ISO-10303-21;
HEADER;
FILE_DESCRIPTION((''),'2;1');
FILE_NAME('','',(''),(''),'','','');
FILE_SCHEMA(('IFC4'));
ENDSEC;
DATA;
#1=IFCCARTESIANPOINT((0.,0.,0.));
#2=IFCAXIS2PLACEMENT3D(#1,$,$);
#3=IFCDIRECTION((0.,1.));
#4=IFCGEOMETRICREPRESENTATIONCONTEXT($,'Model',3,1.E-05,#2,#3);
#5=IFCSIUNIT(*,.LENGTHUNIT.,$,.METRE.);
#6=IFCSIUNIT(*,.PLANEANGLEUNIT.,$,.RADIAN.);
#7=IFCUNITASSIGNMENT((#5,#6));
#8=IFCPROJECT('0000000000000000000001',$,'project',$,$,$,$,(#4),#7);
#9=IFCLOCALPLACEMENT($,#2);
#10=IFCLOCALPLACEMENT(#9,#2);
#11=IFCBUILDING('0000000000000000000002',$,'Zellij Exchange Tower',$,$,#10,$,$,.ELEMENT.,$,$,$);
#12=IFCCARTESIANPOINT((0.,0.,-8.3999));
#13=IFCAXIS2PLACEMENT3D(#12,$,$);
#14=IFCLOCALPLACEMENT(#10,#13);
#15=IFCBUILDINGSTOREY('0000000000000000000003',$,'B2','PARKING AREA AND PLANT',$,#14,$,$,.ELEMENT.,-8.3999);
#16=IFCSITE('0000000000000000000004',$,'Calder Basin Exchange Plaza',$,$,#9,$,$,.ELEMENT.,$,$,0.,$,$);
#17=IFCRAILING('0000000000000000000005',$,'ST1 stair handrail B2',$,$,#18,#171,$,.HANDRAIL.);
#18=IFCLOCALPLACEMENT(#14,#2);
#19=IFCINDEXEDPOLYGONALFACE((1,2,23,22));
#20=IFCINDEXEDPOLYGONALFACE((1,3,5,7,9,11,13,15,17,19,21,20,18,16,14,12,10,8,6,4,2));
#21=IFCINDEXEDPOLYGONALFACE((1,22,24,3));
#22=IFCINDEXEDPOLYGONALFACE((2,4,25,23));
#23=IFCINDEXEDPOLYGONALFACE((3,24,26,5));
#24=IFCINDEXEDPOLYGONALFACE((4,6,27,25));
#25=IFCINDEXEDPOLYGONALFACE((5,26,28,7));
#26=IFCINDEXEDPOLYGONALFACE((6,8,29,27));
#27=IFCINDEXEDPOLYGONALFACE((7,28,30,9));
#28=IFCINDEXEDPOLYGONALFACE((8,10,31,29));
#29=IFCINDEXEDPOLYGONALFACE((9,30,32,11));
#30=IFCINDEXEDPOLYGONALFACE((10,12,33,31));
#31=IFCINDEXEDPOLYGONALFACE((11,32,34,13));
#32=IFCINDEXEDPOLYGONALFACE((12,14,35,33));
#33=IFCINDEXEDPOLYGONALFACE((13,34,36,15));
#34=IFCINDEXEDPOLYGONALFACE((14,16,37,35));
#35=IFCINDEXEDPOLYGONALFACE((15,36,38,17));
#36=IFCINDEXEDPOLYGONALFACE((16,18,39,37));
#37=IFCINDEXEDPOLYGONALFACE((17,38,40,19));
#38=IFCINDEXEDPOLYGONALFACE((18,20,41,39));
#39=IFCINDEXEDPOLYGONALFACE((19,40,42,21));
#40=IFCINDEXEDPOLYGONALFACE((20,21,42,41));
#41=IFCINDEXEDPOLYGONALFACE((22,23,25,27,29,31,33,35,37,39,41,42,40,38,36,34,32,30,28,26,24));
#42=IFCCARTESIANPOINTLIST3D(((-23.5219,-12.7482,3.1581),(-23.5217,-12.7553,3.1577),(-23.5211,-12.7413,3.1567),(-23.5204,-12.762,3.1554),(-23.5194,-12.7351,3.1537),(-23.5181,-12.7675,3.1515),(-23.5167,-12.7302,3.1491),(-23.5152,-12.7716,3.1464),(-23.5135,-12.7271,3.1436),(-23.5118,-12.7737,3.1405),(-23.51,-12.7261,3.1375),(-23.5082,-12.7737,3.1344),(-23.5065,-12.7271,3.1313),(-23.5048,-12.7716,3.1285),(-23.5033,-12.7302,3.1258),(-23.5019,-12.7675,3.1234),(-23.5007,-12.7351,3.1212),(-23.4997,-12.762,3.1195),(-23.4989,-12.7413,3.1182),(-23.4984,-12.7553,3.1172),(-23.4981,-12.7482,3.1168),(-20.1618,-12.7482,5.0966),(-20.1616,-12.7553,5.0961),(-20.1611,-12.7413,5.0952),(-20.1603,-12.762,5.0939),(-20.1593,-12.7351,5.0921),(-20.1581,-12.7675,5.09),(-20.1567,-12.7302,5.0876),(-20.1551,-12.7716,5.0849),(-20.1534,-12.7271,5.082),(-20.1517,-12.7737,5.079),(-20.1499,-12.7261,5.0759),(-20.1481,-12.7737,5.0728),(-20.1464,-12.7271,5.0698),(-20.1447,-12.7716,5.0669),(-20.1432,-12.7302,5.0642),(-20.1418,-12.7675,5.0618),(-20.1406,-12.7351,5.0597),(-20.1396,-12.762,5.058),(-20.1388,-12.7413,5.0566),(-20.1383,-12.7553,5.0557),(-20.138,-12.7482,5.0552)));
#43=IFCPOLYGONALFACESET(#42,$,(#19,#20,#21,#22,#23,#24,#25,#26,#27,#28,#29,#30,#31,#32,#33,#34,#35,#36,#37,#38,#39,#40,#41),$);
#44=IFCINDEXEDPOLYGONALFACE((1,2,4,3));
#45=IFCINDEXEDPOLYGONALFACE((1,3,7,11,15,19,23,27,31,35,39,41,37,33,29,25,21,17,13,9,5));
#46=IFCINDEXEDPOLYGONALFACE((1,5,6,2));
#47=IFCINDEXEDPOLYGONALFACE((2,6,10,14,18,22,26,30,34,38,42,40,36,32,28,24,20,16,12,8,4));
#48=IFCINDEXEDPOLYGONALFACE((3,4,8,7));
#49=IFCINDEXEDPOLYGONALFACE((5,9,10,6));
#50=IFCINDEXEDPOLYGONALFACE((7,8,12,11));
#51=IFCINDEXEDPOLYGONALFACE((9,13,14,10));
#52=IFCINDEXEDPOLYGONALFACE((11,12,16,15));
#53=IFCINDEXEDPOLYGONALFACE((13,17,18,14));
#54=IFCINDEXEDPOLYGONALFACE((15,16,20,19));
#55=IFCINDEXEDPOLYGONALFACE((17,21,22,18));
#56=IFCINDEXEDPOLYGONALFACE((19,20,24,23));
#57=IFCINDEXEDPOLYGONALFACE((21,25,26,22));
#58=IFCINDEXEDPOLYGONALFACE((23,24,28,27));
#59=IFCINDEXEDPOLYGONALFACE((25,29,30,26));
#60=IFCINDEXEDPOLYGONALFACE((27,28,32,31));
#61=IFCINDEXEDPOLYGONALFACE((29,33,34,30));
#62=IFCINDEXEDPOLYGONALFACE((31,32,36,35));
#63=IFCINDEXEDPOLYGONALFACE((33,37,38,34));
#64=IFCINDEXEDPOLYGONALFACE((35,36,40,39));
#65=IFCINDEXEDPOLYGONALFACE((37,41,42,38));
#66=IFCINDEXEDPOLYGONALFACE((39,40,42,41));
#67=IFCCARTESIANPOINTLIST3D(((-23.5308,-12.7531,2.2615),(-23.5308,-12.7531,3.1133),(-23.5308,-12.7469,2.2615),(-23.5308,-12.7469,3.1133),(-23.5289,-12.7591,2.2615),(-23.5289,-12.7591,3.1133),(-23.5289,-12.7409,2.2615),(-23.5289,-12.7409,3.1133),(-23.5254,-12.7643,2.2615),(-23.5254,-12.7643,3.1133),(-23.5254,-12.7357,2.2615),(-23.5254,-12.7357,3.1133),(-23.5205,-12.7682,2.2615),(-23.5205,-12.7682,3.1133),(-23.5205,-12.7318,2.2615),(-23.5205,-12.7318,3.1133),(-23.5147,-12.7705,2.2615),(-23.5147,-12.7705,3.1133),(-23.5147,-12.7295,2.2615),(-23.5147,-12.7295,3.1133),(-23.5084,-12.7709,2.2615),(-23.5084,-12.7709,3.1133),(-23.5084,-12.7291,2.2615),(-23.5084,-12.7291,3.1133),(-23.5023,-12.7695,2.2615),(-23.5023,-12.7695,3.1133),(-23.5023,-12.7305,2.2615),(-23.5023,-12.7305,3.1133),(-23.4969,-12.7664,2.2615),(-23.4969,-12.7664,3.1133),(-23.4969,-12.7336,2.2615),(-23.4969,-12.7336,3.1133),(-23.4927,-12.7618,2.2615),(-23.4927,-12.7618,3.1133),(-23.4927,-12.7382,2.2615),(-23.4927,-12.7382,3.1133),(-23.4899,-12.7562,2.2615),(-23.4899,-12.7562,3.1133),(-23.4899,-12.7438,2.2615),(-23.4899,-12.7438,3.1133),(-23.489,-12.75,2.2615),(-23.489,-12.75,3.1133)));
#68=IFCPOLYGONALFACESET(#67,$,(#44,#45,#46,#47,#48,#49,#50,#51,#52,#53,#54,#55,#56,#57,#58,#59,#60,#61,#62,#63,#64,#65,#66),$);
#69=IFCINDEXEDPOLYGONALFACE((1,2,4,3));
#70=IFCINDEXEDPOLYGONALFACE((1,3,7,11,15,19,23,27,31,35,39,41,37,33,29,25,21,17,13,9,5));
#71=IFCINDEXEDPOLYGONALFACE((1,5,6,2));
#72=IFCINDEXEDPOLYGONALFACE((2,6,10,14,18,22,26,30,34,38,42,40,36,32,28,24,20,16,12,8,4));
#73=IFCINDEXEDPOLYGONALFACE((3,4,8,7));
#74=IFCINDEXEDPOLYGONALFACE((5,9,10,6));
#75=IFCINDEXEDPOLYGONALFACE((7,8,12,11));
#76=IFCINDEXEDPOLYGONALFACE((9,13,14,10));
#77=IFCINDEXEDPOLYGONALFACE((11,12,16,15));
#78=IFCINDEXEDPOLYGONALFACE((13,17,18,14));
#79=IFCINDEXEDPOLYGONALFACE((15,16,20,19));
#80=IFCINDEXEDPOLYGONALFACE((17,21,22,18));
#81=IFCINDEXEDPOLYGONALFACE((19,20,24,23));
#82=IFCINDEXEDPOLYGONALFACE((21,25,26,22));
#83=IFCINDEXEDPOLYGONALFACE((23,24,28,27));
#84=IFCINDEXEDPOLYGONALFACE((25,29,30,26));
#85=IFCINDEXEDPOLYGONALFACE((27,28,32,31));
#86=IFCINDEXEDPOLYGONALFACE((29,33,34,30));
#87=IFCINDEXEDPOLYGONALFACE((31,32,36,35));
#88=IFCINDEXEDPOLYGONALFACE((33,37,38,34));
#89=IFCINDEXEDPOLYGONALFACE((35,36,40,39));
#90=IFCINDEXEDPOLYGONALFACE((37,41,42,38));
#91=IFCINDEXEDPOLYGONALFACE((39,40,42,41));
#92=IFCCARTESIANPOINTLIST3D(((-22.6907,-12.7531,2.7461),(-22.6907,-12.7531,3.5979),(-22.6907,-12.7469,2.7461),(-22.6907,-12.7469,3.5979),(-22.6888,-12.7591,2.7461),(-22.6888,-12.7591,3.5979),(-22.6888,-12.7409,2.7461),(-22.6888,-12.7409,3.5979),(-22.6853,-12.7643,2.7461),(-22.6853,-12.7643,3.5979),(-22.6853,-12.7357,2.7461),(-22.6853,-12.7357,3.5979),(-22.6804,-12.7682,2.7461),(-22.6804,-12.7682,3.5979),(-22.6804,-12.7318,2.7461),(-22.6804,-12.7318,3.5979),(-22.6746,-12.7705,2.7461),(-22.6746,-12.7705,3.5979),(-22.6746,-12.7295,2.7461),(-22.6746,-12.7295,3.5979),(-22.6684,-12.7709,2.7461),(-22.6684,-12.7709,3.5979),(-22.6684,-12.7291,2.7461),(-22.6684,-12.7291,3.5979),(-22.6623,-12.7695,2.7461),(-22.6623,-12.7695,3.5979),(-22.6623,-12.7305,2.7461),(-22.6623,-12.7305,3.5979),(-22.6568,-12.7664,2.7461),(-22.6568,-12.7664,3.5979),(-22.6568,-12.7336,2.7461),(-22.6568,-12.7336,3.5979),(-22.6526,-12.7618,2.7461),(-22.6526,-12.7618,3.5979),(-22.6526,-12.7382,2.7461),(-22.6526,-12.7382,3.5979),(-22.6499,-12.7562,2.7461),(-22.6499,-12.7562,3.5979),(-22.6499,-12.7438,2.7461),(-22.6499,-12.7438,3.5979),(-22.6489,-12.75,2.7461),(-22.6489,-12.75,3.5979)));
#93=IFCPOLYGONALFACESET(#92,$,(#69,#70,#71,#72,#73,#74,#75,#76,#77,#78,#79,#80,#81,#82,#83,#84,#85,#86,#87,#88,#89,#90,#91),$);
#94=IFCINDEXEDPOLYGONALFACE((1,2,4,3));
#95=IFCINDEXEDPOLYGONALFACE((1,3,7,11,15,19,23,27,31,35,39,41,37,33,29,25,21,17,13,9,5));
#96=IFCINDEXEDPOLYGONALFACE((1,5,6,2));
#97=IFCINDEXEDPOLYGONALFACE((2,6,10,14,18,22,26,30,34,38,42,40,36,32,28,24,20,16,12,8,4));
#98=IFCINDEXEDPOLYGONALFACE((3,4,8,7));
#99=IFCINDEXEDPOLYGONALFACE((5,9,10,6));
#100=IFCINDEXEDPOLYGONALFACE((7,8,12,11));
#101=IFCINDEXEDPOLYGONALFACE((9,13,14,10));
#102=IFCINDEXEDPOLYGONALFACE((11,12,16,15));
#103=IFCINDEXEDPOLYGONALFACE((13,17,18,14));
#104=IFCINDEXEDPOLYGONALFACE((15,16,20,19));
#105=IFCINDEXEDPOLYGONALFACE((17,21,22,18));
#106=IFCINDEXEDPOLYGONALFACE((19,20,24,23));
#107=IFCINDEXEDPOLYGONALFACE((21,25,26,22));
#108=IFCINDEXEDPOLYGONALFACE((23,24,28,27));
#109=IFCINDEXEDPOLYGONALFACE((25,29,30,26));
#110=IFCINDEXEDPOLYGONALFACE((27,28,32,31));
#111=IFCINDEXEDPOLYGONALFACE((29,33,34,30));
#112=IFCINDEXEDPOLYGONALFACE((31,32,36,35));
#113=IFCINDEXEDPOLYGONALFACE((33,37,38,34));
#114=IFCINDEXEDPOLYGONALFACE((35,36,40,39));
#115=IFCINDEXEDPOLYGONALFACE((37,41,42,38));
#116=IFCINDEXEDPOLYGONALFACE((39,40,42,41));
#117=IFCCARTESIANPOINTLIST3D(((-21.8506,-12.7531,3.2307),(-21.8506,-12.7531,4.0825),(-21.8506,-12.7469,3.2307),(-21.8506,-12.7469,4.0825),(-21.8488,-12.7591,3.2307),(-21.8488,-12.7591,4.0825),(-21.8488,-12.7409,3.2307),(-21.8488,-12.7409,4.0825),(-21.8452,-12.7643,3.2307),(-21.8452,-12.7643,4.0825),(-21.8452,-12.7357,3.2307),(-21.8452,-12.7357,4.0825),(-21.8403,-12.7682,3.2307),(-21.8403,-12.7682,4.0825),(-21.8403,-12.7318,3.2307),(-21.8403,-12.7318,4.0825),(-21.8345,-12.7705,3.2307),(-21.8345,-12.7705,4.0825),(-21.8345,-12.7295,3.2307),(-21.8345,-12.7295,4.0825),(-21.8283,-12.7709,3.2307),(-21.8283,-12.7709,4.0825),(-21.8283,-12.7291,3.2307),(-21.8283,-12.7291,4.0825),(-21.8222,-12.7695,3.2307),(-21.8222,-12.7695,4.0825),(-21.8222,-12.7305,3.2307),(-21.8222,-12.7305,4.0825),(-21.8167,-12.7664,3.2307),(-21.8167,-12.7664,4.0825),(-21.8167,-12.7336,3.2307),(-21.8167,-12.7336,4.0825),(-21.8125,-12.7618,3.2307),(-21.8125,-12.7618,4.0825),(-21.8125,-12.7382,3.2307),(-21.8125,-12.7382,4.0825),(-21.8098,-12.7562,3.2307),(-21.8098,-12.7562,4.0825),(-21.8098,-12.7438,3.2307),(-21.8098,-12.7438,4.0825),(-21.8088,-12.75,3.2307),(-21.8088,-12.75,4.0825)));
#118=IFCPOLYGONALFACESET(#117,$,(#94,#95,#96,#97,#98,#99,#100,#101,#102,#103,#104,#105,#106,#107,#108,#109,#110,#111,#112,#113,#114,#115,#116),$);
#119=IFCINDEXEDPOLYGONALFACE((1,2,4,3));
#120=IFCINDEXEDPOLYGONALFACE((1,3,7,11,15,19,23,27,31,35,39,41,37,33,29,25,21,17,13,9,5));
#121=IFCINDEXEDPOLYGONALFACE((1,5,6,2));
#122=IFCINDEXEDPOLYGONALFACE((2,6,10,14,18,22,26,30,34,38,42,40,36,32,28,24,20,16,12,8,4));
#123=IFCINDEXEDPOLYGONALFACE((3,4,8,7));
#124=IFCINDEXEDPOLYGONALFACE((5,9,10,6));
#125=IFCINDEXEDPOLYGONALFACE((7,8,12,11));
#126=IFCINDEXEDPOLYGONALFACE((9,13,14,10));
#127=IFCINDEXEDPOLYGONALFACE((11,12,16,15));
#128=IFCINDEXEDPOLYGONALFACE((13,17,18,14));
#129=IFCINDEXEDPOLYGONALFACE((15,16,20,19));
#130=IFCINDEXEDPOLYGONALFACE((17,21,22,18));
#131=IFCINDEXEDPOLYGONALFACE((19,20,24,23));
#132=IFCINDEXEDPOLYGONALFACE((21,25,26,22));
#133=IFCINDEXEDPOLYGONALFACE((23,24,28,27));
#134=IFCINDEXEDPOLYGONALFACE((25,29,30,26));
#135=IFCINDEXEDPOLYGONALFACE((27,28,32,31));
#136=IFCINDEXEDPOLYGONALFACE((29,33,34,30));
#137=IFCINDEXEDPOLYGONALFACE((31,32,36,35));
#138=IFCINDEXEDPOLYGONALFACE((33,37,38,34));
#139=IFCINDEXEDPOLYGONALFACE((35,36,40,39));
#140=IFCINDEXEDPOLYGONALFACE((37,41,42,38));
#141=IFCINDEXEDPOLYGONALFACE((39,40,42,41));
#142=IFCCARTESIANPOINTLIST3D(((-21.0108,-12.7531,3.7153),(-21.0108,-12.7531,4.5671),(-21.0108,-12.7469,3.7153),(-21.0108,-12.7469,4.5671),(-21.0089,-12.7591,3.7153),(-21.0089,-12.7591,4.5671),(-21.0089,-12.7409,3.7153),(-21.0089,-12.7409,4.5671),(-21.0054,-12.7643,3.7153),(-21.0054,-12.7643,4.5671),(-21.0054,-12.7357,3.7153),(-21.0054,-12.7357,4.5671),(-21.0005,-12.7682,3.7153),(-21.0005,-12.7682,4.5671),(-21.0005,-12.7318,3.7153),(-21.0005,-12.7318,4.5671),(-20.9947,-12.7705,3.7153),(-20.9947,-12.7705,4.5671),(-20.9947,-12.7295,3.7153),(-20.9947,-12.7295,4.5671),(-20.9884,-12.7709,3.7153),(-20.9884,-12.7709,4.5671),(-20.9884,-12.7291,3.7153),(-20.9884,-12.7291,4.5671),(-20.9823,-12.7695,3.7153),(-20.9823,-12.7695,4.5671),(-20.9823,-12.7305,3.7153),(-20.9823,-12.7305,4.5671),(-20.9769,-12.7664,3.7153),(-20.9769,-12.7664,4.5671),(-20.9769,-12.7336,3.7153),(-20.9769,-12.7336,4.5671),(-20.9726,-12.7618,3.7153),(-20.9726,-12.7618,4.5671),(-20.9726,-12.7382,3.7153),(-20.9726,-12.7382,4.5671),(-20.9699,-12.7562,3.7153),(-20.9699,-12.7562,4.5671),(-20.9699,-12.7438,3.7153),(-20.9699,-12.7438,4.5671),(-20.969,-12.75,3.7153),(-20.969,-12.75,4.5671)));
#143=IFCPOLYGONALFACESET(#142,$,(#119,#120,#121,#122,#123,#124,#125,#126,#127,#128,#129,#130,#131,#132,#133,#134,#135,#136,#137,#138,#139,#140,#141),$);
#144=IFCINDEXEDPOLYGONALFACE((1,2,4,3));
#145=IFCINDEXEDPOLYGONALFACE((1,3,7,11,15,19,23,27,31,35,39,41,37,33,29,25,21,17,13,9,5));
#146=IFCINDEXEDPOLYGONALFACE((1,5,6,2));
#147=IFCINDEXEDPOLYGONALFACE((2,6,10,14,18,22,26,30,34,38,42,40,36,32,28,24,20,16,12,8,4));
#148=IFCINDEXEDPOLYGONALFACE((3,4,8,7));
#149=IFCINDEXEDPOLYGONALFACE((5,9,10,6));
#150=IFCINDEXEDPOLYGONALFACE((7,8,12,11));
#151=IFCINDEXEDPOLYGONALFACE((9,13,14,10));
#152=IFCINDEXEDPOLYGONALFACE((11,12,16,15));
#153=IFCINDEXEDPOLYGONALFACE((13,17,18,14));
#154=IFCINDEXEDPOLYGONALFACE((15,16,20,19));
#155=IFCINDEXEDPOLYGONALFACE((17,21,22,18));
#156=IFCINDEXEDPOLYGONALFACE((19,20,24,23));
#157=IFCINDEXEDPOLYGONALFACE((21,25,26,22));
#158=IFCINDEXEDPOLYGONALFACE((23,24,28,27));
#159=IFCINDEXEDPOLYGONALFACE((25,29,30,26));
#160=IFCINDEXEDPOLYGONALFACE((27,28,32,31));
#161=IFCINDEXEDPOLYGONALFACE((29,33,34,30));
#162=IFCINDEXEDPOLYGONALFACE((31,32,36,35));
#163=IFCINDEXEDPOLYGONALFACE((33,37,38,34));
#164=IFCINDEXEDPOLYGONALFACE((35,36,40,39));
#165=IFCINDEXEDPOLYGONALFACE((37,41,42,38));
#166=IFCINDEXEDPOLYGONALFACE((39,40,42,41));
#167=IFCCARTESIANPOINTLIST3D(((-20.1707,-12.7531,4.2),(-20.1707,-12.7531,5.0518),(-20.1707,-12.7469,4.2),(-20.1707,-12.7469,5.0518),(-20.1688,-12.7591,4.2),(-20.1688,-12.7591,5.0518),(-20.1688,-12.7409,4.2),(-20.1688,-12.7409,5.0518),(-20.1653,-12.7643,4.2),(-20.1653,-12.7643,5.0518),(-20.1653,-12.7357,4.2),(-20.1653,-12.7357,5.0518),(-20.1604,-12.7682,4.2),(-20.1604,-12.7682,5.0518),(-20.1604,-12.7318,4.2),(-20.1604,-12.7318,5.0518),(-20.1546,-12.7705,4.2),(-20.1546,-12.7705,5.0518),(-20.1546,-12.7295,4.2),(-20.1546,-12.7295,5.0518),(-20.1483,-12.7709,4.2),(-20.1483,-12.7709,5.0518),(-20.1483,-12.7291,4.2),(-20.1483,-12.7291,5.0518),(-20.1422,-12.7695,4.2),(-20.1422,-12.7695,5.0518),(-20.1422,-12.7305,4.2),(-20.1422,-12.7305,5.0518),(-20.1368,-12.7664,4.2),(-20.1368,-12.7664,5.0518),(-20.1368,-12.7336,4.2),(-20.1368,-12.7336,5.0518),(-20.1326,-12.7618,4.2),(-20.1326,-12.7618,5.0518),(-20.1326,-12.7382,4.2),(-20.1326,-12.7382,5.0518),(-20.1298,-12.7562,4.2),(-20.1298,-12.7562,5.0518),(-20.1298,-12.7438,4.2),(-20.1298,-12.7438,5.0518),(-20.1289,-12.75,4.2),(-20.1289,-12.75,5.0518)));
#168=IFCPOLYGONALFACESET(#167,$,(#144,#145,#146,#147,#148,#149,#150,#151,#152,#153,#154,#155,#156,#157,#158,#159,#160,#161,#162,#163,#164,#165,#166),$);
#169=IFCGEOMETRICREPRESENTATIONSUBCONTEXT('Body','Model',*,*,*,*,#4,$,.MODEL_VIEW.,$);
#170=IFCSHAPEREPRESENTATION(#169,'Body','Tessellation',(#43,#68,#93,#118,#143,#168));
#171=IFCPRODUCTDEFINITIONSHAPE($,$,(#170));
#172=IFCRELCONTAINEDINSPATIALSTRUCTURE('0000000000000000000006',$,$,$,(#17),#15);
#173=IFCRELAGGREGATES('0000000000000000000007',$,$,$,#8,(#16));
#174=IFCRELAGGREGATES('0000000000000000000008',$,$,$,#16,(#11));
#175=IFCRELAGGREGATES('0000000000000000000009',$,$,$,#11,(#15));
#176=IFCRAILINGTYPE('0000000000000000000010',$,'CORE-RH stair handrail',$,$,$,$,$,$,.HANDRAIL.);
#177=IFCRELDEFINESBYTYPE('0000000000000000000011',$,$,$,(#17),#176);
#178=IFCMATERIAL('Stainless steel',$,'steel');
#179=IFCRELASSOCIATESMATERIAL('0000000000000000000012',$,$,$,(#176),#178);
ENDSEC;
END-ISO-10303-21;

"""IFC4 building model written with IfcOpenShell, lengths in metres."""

from ifc_helpers import new_model, si_unit, direction, frame, origin, origin_2d, place, context, subcontext, project, spatial, circle, extrude, material, type_object, element, save


model = new_model("IFC4")

# Units and contexts
model_context = context("Model", 3, precision=1e-05, world=origin(), true_north=direction((0.0, 1.0)))
body_context = subcontext(model_context, "Body", "Model", "MODEL_VIEW")
ifc_project = project(units=[si_unit("LENGTHUNIT", "METRE"), si_unit("PLANEANGLEUNIT", "RADIAN")], contexts=[model_context])

# Site, building, storey
site_placement = place(None, origin())
site = spatial("IfcSite", under=ifc_project, at=site_placement, Name="Calder Basin Exchange Plaza", CompositionType="ELEMENT", RefElevation=0.0)
building_placement = place(site_placement, origin())
building = spatial("IfcBuilding", under=site, at=building_placement, Name="Zellij Exchange Tower", CompositionType="ELEMENT")
storey_placement = place(building_placement, frame((0.0, 0.0, -8.3999)))
storey = spatial("IfcBuildingStorey", under=building, at=storey_placement, Name="B2", Description="PARKING AREA AND PLANT", CompositionType="ELEMENT", Elevation=-8.3999)

# Railing
ifc_material_1 = material(Name="Stainless steel", Category="steel")
railing_type = type_object("IfcRailingType", Name="CORE-RH stair handrail", PredefinedType="HANDRAIL", material=ifc_material_1)
railing_placement = place(storey_placement, frame((-23.51, -12.75, 2.2615)))
element("IfcRailing", 1, at=railing_placement, inside=storey, type_object=railing_type, Name="ST1 stair handrail B2", PredefinedType="HANDRAIL", context=body_context, shape_type="SweptSolid", body=[
    extrude(circle(Radius=0.0239, at=origin_2d()), frame((0.0, 0.0, 0.876), z_axis=(0.866191, 0.0, 0.499713), x_axis=(0.0, 1.0, 0.0)), (0.0, 0.0, 1.0), 3.8792),
    extrude(circle(Radius=0.021, at=origin_2d()), origin(), (0.0, 0.0, 1.0), 0.8518),
    extrude(circle(Radius=0.021, at=origin_2d()), frame((0.8401, 0.0, 0.4846)), (0.0, 0.0, 1.0), 0.8518),
    extrude(circle(Radius=0.021, at=origin_2d()), frame((1.6802, 0.0, 0.9692)), (0.0, 0.0, 1.0), 0.8518),
    extrude(circle(Radius=0.021, at=origin_2d()), frame((2.52, 0.0, 1.4539)), (0.0, 0.0, 1.0), 0.8518),
    extrude(circle(Radius=0.021, at=origin_2d()), frame((3.3601, 0.0, 1.9385)), (0.0, 0.0, 1.0), 0.8518),
])

save(model, "model.ifc")
